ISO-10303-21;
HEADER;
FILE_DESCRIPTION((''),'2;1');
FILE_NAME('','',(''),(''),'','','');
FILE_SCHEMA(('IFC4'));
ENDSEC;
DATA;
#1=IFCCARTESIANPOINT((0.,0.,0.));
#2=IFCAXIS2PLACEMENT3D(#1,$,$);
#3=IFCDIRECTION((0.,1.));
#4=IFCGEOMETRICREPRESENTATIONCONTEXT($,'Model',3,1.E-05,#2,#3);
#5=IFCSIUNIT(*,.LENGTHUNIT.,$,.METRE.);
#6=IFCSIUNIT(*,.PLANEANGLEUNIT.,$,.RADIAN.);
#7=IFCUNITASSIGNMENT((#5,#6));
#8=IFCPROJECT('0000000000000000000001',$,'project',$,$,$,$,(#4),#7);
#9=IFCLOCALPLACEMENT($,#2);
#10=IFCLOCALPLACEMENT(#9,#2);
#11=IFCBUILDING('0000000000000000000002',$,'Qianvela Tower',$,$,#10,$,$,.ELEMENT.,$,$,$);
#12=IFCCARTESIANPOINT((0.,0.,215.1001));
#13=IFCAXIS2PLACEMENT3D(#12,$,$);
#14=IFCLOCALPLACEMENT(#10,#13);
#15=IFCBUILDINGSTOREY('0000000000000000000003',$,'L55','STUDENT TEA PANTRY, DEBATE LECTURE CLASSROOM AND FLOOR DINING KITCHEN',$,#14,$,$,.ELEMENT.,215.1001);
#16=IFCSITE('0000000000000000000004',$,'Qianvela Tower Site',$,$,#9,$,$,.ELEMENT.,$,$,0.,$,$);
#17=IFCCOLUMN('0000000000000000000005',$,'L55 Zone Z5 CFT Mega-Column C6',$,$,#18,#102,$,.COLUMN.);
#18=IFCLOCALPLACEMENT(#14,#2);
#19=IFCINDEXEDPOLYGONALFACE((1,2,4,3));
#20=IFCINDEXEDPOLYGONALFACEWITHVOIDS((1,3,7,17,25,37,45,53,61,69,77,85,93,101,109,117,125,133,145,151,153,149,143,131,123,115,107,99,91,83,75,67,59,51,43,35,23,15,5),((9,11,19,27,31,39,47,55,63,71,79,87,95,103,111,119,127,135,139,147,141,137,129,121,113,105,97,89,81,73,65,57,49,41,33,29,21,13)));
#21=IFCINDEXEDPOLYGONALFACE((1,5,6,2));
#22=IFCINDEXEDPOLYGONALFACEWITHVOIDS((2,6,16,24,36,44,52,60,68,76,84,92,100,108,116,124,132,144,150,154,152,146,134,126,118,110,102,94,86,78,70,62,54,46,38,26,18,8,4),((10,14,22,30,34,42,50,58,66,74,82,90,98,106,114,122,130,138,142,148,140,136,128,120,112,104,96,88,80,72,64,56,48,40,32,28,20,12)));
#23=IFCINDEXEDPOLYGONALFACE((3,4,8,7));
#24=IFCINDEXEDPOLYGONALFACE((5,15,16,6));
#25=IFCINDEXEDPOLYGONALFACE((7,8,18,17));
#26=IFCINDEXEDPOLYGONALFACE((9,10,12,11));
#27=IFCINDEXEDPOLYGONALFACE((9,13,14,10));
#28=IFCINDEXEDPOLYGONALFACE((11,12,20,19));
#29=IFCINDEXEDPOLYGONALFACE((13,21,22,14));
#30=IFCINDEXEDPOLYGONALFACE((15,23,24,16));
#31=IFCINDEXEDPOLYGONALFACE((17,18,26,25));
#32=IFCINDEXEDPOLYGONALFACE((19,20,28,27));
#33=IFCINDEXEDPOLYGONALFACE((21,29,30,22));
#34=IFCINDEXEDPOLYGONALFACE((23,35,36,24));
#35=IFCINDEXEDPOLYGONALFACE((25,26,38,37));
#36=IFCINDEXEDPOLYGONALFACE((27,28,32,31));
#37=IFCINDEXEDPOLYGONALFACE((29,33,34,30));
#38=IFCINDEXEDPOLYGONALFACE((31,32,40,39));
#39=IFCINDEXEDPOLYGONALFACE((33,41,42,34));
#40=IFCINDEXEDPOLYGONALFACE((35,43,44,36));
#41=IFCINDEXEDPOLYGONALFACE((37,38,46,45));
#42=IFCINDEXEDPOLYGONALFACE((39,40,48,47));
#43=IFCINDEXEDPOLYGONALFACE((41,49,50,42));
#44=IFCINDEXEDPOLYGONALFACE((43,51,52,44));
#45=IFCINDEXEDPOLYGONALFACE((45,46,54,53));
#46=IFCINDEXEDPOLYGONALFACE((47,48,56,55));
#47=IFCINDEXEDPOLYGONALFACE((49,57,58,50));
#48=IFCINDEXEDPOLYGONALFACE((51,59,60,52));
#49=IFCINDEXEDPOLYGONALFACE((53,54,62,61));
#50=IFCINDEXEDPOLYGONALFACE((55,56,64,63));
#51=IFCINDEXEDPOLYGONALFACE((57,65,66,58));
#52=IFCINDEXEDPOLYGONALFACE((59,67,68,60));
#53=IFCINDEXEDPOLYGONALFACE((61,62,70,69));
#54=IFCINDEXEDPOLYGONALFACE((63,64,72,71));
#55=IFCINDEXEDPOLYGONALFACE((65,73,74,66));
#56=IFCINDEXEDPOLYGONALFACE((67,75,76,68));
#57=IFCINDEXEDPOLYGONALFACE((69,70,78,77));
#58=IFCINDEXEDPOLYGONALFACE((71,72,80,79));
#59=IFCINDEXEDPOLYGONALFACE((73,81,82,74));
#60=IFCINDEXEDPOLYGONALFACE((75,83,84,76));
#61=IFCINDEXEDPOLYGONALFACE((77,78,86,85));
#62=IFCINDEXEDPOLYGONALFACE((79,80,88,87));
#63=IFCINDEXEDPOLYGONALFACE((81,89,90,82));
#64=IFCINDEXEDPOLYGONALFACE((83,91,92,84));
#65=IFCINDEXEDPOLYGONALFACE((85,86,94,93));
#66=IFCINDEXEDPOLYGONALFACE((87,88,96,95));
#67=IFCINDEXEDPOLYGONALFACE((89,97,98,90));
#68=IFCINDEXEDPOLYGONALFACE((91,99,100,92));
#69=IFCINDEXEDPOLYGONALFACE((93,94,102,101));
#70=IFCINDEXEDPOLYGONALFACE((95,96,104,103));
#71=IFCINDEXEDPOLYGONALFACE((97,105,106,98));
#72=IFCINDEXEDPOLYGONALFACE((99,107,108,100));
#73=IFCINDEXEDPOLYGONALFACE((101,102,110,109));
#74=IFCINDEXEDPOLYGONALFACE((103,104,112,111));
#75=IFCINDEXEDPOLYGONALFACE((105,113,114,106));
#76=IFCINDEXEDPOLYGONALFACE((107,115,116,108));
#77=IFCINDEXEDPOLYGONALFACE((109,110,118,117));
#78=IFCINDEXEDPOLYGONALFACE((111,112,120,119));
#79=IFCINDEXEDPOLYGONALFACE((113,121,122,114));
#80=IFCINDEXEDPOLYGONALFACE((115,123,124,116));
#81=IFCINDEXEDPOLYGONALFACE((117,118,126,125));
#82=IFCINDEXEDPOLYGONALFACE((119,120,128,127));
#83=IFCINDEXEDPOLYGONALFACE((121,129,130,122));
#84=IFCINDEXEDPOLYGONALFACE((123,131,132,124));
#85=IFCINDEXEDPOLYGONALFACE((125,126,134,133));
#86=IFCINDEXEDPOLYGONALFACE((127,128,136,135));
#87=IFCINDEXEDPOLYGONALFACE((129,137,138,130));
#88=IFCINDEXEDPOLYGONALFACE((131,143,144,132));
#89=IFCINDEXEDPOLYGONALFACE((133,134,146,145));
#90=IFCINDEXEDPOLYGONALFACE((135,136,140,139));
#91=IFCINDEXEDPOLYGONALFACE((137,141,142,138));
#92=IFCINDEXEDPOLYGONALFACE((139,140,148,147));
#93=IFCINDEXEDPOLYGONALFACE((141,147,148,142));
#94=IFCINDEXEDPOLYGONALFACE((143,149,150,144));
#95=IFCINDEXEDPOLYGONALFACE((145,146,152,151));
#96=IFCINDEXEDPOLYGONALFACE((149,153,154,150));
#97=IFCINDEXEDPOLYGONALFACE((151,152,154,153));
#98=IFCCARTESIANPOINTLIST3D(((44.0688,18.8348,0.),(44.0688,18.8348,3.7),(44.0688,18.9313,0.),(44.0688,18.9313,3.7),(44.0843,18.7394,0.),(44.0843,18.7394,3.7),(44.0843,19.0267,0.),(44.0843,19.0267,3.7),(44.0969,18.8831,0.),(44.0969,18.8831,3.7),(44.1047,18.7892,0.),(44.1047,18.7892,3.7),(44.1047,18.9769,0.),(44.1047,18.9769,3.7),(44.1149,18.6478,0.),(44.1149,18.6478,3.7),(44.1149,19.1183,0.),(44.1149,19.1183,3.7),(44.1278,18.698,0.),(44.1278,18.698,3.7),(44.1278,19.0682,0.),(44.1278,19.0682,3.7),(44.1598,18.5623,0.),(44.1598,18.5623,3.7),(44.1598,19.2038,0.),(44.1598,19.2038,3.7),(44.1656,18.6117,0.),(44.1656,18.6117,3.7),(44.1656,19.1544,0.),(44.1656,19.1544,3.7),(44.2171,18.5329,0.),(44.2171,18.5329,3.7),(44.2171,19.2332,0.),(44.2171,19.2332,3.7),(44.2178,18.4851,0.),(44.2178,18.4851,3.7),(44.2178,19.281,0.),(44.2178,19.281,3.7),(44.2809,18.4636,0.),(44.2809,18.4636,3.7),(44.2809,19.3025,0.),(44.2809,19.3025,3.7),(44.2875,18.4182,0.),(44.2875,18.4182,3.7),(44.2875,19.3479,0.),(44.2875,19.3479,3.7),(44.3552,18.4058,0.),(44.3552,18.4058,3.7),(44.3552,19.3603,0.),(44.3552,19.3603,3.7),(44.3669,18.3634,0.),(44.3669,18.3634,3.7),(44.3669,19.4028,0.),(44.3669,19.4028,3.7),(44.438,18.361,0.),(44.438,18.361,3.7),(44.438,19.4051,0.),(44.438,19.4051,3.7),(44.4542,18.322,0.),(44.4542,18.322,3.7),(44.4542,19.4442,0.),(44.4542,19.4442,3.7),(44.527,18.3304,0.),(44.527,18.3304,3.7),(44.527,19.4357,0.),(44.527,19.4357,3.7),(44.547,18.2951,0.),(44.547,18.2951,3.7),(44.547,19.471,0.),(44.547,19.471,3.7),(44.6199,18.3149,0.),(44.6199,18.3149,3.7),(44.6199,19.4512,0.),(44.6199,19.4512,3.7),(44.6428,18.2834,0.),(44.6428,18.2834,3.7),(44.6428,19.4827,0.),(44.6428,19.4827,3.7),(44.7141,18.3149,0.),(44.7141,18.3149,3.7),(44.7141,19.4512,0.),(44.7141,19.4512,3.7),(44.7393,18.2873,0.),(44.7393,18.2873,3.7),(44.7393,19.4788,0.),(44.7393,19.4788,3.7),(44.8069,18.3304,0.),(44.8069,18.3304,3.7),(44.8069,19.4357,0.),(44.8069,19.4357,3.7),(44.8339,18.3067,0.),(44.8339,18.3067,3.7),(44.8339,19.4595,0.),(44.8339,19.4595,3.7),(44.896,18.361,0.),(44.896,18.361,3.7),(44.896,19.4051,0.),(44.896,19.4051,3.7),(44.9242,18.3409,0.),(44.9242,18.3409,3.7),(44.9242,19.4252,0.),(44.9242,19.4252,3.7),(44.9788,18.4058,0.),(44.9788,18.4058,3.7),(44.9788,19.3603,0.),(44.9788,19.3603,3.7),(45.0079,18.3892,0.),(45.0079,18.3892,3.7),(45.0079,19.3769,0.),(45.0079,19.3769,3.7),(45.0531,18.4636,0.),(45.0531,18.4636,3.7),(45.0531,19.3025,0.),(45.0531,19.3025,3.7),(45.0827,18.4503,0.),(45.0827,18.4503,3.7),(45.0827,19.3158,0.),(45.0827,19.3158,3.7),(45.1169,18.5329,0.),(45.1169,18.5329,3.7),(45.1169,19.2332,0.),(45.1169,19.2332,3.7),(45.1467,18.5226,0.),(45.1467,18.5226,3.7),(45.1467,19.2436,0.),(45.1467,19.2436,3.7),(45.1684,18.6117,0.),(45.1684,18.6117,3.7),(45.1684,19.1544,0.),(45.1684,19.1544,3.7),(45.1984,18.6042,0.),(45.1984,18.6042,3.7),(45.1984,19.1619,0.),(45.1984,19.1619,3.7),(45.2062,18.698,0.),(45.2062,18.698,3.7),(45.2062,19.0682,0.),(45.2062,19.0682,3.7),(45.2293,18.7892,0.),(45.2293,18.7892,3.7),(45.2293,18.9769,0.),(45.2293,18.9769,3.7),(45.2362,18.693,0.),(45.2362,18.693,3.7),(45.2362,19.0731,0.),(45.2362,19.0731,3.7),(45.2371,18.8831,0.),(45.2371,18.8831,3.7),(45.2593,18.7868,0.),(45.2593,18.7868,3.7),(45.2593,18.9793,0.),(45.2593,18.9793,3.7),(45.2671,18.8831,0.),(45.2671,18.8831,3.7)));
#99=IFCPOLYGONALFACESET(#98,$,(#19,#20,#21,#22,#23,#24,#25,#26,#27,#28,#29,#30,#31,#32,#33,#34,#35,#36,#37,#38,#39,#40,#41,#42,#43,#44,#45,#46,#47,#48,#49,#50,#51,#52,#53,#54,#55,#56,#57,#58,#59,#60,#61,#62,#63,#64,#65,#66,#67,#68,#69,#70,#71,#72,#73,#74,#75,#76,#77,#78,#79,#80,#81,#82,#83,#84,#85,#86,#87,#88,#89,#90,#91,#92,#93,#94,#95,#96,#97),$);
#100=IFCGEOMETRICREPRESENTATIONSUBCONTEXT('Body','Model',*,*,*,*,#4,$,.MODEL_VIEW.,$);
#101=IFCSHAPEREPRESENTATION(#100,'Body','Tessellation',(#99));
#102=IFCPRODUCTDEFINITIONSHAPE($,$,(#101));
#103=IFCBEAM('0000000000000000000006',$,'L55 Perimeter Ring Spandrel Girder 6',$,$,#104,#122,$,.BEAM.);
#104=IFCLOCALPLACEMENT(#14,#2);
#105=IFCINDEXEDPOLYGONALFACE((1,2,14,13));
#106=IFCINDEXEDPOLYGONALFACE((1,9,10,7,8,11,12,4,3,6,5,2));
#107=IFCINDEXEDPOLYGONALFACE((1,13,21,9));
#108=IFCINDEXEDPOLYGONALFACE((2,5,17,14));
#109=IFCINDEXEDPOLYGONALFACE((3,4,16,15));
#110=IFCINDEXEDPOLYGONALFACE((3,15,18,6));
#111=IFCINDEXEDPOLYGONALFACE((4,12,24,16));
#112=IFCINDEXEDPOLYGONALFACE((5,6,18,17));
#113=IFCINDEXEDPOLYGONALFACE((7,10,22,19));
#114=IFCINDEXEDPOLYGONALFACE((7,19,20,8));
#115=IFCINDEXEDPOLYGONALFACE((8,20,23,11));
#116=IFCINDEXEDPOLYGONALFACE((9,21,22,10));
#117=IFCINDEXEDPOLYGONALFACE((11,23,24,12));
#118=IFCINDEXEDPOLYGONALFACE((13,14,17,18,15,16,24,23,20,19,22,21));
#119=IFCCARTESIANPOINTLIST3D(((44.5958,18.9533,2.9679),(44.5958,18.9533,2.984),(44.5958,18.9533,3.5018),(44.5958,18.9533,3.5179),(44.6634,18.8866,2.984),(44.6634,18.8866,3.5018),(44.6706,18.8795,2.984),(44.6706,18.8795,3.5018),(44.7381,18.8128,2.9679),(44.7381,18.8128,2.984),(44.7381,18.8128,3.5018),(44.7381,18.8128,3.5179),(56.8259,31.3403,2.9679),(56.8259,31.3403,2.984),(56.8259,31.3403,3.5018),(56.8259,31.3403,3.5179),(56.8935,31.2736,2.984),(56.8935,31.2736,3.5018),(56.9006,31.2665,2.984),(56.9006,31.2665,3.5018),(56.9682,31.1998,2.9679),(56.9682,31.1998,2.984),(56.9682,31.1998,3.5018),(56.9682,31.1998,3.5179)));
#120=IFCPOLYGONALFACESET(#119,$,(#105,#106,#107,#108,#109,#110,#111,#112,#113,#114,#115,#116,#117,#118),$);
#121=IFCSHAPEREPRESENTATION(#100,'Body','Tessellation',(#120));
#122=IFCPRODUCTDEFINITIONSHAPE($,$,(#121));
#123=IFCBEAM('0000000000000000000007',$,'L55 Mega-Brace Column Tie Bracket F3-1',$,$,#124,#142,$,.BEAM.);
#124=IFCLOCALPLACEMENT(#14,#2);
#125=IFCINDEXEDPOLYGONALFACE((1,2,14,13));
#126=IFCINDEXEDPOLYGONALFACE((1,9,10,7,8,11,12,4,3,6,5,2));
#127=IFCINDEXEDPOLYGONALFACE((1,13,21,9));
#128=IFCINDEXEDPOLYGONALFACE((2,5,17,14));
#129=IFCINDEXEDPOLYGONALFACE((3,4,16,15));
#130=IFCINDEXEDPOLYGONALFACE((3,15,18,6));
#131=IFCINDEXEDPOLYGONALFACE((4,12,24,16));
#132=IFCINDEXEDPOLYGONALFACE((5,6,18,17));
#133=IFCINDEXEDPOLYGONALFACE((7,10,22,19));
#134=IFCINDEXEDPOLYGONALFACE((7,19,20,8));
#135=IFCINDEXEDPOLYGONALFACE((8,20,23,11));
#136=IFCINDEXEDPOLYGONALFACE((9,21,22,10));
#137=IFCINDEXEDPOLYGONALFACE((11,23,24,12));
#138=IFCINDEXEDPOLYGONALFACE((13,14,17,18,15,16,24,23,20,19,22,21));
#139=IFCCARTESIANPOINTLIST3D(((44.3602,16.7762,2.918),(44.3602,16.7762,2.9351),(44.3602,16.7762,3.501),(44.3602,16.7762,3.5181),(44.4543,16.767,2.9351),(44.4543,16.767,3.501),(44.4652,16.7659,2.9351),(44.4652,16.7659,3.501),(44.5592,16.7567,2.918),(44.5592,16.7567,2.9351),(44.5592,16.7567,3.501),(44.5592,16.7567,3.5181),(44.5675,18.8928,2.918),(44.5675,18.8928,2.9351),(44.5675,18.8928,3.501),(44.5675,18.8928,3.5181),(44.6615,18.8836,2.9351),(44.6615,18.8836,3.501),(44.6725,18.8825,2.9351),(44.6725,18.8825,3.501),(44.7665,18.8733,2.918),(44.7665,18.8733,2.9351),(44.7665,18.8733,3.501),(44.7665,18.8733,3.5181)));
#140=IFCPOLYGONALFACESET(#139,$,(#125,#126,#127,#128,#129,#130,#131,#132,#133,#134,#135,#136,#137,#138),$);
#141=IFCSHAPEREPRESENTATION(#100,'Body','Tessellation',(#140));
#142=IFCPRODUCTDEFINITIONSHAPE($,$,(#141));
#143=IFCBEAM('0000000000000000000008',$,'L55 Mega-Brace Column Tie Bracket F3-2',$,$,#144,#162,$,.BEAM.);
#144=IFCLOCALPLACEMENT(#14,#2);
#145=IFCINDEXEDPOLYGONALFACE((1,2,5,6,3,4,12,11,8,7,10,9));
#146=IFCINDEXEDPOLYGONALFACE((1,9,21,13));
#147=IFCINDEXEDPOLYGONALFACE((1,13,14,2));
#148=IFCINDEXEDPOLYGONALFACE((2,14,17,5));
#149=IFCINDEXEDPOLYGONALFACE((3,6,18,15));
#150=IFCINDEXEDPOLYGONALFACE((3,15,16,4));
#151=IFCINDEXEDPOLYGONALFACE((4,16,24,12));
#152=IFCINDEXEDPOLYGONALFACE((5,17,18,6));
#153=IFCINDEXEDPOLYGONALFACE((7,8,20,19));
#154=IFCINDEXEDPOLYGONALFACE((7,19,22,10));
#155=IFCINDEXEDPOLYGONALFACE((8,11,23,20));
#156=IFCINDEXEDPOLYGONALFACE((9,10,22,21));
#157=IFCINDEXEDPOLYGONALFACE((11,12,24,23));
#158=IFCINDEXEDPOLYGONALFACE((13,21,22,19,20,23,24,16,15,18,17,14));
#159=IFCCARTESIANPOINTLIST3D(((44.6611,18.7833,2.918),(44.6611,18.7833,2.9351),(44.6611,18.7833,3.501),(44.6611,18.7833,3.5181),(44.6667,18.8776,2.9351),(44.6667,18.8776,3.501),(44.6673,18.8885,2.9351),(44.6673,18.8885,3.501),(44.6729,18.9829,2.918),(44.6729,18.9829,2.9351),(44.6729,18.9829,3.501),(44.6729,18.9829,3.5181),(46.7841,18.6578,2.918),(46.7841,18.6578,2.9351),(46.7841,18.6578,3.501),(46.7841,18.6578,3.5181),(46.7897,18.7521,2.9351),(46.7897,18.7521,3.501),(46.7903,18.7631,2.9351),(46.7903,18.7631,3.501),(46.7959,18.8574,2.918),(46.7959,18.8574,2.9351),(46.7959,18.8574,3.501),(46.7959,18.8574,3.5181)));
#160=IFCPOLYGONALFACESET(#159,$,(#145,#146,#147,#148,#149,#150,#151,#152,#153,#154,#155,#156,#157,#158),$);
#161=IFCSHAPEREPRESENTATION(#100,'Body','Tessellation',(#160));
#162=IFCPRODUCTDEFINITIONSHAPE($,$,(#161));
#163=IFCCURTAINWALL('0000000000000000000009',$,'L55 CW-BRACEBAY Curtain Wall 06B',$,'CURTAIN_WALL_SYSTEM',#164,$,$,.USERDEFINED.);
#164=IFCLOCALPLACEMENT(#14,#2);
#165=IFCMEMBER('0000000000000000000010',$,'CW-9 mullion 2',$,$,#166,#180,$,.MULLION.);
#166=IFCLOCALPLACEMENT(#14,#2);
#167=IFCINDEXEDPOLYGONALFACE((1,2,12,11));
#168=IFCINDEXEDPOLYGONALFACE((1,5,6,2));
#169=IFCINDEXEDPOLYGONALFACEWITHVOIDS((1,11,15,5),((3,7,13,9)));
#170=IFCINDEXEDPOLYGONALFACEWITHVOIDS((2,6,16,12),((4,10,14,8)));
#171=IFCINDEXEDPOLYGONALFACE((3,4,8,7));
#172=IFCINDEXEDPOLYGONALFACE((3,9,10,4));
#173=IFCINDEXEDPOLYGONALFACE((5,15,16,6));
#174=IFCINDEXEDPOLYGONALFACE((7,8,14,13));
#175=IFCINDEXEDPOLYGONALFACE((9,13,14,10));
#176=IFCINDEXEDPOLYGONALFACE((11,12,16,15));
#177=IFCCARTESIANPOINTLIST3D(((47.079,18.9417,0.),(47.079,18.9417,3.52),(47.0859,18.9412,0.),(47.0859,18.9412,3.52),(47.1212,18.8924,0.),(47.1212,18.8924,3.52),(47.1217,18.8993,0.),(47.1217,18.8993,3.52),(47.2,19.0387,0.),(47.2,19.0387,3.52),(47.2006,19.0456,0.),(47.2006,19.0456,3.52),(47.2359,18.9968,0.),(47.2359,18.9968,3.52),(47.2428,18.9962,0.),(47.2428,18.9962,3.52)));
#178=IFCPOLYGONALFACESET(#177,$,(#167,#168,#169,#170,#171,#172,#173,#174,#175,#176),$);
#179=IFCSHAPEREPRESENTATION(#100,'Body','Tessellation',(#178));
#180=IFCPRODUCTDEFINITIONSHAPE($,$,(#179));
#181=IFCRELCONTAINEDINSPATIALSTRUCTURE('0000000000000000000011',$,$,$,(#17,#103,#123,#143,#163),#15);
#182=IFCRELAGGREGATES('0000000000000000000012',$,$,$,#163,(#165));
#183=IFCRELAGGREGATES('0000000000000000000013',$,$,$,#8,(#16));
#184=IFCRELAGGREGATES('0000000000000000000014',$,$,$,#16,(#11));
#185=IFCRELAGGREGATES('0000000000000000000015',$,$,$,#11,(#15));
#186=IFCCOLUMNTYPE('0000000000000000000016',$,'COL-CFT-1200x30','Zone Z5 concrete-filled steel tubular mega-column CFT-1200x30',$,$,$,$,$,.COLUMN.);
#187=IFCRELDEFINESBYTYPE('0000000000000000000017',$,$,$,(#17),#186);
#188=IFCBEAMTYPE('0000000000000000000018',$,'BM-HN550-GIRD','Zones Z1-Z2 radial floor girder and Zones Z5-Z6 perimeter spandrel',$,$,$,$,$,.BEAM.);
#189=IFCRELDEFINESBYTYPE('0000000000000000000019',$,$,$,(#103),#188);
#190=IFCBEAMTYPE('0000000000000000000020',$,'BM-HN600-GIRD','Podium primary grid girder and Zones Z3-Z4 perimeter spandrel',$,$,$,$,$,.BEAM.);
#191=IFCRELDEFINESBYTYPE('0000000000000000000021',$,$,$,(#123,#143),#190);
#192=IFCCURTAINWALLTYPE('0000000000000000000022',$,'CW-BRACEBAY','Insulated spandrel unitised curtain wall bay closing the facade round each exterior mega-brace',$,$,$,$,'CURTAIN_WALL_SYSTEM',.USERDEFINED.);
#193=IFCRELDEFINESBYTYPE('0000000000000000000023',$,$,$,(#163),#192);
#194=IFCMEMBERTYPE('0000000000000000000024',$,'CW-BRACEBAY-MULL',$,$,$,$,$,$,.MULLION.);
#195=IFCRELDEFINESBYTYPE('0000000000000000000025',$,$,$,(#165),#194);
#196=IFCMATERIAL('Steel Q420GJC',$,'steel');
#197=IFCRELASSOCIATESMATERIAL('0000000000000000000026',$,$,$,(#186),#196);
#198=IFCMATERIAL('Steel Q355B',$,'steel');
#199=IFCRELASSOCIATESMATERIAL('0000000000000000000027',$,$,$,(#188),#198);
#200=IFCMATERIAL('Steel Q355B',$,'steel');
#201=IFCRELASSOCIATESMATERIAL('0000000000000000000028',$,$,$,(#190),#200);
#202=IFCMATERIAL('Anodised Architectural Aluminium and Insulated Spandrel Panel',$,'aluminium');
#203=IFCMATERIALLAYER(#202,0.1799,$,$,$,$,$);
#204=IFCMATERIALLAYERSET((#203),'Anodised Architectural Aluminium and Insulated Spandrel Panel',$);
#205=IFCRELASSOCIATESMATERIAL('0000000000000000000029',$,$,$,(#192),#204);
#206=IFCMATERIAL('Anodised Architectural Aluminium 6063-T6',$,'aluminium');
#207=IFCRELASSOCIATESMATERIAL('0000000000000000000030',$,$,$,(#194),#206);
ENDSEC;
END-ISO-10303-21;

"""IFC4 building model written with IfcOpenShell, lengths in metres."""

from ifc_helpers import new_model, si_unit, direction, frame, origin, origin_2d, place, context, subcontext, project, spatial, hollow_rectangle, hollow_circle, i_section, extrude, material, layer, layer_set, material_profile, profile_set, type_object, element, aggregate, save


model = new_model("IFC4")

# Units and contexts
model_context = context("Model", 3, precision=1e-05, world=origin(), true_north=direction((0.0, 1.0)))
body_context = subcontext(model_context, "Body", "Model", "MODEL_VIEW")
ifc_project = project(units=[si_unit("LENGTHUNIT", "METRE"), si_unit("PLANEANGLEUNIT", "RADIAN")], contexts=[model_context])

# Site, building, storey
site_placement = place(None, origin())
site = spatial("IfcSite", under=ifc_project, at=site_placement, Name="Qianvela Tower Site", CompositionType="ELEMENT", RefElevation=0.0)
building_placement = place(site_placement, origin())
building = spatial("IfcBuilding", under=site, at=building_placement, Name="Qianvela Tower", CompositionType="ELEMENT")
storey_placement = place(building_placement, frame((0.0, 0.0, 215.1001)))
storey = spatial("IfcBuildingStorey", under=building, at=storey_placement, Name="L55", Description="STUDENT TEA PANTRY, DEBATE LECTURE CLASSROOM AND FLOOR DINING KITCHEN", CompositionType="ELEMENT", Elevation=215.1001)

# Column
ifc_material_1 = material(Name="Steel Q420GJC", Category="steel")
ifc_material_profile_1 = material_profile(ifc_material_1, hollow_circle(Radius=0.6001, WallThickness=0.03, at=origin_2d()), Name="CFT-1200x30")
ifc_profile_set_1 = profile_set([ifc_material_profile_1], Name="Steel Q420GJC")
column_type = type_object("IfcColumnType", Name="COL-CFT-1200x30", Description="Zone Z5 concrete-filled steel tubular mega-column CFT-1200x30", PredefinedType="COLUMN", material=ifc_profile_set_1)
column_placement = place(storey_placement, frame((44.667, 18.8831, 0.0), z_axis=(0.0, 0.0, 1.0), x_axis=(1.0, 0.0, 0.0)))
element("IfcColumn", 1, at=column_placement, inside=storey, type_object=column_type, Name="L55 Zone Z5 CFT Mega-Column C6", PredefinedType="COLUMN", context=body_context, shape_type="SweptSolid", body=[
    extrude(hollow_circle(Radius=0.6001, WallThickness=0.03, at=origin_2d()), origin(), (0.0, 0.0, 1.0), 3.7),
])

# Beams
ifc_material_2 = material(Name="Steel Q355B", Category="steel")
ifc_material_profile_2 = material_profile(ifc_material_2, i_section(OverallWidth=0.2, OverallDepth=0.55, WebThickness=0.01, FlangeThickness=0.0161, at=origin_2d()), Name="HN550x200x10x16")
ifc_profile_set_2 = profile_set([ifc_material_profile_2], Name="Steel Q355B")
beam_type_1 = type_object("IfcBeamType", Name="BM-HN550-GIRD", Description="Zones Z1-Z2 radial floor girder and Zones Z5-Z6 perimeter spandrel", PredefinedType="BEAM", material=ifc_profile_set_2)
beam_placement = place(storey_placement, frame((44.667, 18.8831, 3.2429), z_axis=(0.702583, 0.711602, 0.0), x_axis=(-0.711602, 0.702583, 0.0)))
element("IfcBeam", 2, at=beam_placement, inside=storey, type_object=beam_type_1, Name="L55 Perimeter Ring Spandrel Girder 6", PredefinedType="BEAM", context=body_context, shape_type="SweptSolid", body=[
    extrude(i_section(OverallWidth=0.2, OverallDepth=0.55, WebThickness=0.01, FlangeThickness=0.0161, at=origin_2d()), origin(), (0.0, 0.0, 1.0), 17.4072),
])
ifc_material_3 = material(Name="Steel Q355B", Category="steel")
ifc_material_profile_3 = material_profile(ifc_material_3, i_section(OverallWidth=0.2, OverallDepth=0.6001, WebThickness=0.011, FlangeThickness=0.0171, at=origin_2d()), Name="HN600x200x11x17")
ifc_profile_set_3 = profile_set([ifc_material_profile_3], Name="Steel Q355B")
beam_type_2 = type_object("IfcBeamType", Name="BM-HN600-GIRD", Description="Podium primary grid girder and Zones Z3-Z4 perimeter spandrel", PredefinedType="BEAM", material=ifc_profile_set_3)
for number, where, z_axis, x_axis, name in (
    (3, (44.667, 18.8831, 3.218), (-0.097458, -0.99524, 0.0), (0.99524, -0.097458, 0.0), "L55 Mega-Brace Column Tie Bracket F3-1"),
    (4, (44.667, 18.8831, 3.218), (0.998258, -0.059005, 0.0), (0.059005, 0.998258, 0.0), "L55 Mega-Brace Column Tie Bracket F3-2"),
):
    element("IfcBeam", number, at=place(storey_placement, frame(where, z_axis=z_axis, x_axis=x_axis)), inside=storey, type_object=beam_type_2, Name=name, PredefinedType="BEAM", context=body_context, shape_type="SweptSolid", body=[
        extrude(i_section(OverallWidth=0.2, OverallDepth=0.6001, WebThickness=0.011, FlangeThickness=0.0171, at=origin_2d()), origin(), (0.0, 0.0, 1.0), 2.1267),
    ])

# Curtain wall, member
ifc_material_4 = material(Name="Anodised Architectural Aluminium and Insulated Spandrel Panel", Category="aluminium")
ifc_layer_1 = layer(ifc_material_4, 0.1799)
ifc_layer_set_1 = layer_set([ifc_layer_1], Name="Anodised Architectural Aluminium and Insulated Spandrel Panel")
curtain_wall_type_1 = type_object("IfcCurtainWallType", Name="CW-BRACEBAY", Description="Insulated spandrel unitised curtain wall bay closing the facade round each exterior mega-brace", ElementType="CURTAIN_WALL_SYSTEM", PredefinedType="USERDEFINED", material=ifc_layer_set_1)
curtain_wall_1_placement = place(storey_placement, origin())
curtain_wall_1 = element("IfcCurtainWall", 5, at=curtain_wall_1_placement, inside=storey, type_object=curtain_wall_type_1, Name="L55 CW-BRACEBAY Curtain Wall 06B", ObjectType="CURTAIN_WALL_SYSTEM", PredefinedType="USERDEFINED")
ifc_material_5 = material(Name="Anodised Architectural Aluminium 6063-T6", Category="aluminium")
ifc_material_profile_4 = material_profile(ifc_material_5, hollow_rectangle(XDim=0.0649, YDim=0.1599, WallThickness=0.0049, at=origin_2d()), Name="ALU-MULL-65x160")
ifc_profile_set_4 = profile_set([ifc_material_profile_4], Name="Anodised Architectural Aluminium 6063-T6")
member_type_1 = type_object("IfcMemberType", Name="CW-BRACEBAY-MULL", PredefinedType="MULLION", material=ifc_profile_set_4)
member_1_placement = place(storey_placement, frame((47.1609, 18.969, 0.0), z_axis=(0.0, 0.0, 1.0), x_axis=(-0.649625, 0.760255, 0.0)))
member_1 = element("IfcMember", 6, at=member_1_placement, type_object=member_type_1, Name="CW-9 mullion 2", PredefinedType="MULLION", context=body_context, shape_type="SweptSolid", body=[
    extrude(hollow_rectangle(XDim=0.0649, YDim=0.1599, WallThickness=0.0049, at=origin_2d()), origin(), (0.0, 0.0, 1.0), 3.52),
])

aggregate(curtain_wall_1, [member_1])

save(model, "model.ifc")
